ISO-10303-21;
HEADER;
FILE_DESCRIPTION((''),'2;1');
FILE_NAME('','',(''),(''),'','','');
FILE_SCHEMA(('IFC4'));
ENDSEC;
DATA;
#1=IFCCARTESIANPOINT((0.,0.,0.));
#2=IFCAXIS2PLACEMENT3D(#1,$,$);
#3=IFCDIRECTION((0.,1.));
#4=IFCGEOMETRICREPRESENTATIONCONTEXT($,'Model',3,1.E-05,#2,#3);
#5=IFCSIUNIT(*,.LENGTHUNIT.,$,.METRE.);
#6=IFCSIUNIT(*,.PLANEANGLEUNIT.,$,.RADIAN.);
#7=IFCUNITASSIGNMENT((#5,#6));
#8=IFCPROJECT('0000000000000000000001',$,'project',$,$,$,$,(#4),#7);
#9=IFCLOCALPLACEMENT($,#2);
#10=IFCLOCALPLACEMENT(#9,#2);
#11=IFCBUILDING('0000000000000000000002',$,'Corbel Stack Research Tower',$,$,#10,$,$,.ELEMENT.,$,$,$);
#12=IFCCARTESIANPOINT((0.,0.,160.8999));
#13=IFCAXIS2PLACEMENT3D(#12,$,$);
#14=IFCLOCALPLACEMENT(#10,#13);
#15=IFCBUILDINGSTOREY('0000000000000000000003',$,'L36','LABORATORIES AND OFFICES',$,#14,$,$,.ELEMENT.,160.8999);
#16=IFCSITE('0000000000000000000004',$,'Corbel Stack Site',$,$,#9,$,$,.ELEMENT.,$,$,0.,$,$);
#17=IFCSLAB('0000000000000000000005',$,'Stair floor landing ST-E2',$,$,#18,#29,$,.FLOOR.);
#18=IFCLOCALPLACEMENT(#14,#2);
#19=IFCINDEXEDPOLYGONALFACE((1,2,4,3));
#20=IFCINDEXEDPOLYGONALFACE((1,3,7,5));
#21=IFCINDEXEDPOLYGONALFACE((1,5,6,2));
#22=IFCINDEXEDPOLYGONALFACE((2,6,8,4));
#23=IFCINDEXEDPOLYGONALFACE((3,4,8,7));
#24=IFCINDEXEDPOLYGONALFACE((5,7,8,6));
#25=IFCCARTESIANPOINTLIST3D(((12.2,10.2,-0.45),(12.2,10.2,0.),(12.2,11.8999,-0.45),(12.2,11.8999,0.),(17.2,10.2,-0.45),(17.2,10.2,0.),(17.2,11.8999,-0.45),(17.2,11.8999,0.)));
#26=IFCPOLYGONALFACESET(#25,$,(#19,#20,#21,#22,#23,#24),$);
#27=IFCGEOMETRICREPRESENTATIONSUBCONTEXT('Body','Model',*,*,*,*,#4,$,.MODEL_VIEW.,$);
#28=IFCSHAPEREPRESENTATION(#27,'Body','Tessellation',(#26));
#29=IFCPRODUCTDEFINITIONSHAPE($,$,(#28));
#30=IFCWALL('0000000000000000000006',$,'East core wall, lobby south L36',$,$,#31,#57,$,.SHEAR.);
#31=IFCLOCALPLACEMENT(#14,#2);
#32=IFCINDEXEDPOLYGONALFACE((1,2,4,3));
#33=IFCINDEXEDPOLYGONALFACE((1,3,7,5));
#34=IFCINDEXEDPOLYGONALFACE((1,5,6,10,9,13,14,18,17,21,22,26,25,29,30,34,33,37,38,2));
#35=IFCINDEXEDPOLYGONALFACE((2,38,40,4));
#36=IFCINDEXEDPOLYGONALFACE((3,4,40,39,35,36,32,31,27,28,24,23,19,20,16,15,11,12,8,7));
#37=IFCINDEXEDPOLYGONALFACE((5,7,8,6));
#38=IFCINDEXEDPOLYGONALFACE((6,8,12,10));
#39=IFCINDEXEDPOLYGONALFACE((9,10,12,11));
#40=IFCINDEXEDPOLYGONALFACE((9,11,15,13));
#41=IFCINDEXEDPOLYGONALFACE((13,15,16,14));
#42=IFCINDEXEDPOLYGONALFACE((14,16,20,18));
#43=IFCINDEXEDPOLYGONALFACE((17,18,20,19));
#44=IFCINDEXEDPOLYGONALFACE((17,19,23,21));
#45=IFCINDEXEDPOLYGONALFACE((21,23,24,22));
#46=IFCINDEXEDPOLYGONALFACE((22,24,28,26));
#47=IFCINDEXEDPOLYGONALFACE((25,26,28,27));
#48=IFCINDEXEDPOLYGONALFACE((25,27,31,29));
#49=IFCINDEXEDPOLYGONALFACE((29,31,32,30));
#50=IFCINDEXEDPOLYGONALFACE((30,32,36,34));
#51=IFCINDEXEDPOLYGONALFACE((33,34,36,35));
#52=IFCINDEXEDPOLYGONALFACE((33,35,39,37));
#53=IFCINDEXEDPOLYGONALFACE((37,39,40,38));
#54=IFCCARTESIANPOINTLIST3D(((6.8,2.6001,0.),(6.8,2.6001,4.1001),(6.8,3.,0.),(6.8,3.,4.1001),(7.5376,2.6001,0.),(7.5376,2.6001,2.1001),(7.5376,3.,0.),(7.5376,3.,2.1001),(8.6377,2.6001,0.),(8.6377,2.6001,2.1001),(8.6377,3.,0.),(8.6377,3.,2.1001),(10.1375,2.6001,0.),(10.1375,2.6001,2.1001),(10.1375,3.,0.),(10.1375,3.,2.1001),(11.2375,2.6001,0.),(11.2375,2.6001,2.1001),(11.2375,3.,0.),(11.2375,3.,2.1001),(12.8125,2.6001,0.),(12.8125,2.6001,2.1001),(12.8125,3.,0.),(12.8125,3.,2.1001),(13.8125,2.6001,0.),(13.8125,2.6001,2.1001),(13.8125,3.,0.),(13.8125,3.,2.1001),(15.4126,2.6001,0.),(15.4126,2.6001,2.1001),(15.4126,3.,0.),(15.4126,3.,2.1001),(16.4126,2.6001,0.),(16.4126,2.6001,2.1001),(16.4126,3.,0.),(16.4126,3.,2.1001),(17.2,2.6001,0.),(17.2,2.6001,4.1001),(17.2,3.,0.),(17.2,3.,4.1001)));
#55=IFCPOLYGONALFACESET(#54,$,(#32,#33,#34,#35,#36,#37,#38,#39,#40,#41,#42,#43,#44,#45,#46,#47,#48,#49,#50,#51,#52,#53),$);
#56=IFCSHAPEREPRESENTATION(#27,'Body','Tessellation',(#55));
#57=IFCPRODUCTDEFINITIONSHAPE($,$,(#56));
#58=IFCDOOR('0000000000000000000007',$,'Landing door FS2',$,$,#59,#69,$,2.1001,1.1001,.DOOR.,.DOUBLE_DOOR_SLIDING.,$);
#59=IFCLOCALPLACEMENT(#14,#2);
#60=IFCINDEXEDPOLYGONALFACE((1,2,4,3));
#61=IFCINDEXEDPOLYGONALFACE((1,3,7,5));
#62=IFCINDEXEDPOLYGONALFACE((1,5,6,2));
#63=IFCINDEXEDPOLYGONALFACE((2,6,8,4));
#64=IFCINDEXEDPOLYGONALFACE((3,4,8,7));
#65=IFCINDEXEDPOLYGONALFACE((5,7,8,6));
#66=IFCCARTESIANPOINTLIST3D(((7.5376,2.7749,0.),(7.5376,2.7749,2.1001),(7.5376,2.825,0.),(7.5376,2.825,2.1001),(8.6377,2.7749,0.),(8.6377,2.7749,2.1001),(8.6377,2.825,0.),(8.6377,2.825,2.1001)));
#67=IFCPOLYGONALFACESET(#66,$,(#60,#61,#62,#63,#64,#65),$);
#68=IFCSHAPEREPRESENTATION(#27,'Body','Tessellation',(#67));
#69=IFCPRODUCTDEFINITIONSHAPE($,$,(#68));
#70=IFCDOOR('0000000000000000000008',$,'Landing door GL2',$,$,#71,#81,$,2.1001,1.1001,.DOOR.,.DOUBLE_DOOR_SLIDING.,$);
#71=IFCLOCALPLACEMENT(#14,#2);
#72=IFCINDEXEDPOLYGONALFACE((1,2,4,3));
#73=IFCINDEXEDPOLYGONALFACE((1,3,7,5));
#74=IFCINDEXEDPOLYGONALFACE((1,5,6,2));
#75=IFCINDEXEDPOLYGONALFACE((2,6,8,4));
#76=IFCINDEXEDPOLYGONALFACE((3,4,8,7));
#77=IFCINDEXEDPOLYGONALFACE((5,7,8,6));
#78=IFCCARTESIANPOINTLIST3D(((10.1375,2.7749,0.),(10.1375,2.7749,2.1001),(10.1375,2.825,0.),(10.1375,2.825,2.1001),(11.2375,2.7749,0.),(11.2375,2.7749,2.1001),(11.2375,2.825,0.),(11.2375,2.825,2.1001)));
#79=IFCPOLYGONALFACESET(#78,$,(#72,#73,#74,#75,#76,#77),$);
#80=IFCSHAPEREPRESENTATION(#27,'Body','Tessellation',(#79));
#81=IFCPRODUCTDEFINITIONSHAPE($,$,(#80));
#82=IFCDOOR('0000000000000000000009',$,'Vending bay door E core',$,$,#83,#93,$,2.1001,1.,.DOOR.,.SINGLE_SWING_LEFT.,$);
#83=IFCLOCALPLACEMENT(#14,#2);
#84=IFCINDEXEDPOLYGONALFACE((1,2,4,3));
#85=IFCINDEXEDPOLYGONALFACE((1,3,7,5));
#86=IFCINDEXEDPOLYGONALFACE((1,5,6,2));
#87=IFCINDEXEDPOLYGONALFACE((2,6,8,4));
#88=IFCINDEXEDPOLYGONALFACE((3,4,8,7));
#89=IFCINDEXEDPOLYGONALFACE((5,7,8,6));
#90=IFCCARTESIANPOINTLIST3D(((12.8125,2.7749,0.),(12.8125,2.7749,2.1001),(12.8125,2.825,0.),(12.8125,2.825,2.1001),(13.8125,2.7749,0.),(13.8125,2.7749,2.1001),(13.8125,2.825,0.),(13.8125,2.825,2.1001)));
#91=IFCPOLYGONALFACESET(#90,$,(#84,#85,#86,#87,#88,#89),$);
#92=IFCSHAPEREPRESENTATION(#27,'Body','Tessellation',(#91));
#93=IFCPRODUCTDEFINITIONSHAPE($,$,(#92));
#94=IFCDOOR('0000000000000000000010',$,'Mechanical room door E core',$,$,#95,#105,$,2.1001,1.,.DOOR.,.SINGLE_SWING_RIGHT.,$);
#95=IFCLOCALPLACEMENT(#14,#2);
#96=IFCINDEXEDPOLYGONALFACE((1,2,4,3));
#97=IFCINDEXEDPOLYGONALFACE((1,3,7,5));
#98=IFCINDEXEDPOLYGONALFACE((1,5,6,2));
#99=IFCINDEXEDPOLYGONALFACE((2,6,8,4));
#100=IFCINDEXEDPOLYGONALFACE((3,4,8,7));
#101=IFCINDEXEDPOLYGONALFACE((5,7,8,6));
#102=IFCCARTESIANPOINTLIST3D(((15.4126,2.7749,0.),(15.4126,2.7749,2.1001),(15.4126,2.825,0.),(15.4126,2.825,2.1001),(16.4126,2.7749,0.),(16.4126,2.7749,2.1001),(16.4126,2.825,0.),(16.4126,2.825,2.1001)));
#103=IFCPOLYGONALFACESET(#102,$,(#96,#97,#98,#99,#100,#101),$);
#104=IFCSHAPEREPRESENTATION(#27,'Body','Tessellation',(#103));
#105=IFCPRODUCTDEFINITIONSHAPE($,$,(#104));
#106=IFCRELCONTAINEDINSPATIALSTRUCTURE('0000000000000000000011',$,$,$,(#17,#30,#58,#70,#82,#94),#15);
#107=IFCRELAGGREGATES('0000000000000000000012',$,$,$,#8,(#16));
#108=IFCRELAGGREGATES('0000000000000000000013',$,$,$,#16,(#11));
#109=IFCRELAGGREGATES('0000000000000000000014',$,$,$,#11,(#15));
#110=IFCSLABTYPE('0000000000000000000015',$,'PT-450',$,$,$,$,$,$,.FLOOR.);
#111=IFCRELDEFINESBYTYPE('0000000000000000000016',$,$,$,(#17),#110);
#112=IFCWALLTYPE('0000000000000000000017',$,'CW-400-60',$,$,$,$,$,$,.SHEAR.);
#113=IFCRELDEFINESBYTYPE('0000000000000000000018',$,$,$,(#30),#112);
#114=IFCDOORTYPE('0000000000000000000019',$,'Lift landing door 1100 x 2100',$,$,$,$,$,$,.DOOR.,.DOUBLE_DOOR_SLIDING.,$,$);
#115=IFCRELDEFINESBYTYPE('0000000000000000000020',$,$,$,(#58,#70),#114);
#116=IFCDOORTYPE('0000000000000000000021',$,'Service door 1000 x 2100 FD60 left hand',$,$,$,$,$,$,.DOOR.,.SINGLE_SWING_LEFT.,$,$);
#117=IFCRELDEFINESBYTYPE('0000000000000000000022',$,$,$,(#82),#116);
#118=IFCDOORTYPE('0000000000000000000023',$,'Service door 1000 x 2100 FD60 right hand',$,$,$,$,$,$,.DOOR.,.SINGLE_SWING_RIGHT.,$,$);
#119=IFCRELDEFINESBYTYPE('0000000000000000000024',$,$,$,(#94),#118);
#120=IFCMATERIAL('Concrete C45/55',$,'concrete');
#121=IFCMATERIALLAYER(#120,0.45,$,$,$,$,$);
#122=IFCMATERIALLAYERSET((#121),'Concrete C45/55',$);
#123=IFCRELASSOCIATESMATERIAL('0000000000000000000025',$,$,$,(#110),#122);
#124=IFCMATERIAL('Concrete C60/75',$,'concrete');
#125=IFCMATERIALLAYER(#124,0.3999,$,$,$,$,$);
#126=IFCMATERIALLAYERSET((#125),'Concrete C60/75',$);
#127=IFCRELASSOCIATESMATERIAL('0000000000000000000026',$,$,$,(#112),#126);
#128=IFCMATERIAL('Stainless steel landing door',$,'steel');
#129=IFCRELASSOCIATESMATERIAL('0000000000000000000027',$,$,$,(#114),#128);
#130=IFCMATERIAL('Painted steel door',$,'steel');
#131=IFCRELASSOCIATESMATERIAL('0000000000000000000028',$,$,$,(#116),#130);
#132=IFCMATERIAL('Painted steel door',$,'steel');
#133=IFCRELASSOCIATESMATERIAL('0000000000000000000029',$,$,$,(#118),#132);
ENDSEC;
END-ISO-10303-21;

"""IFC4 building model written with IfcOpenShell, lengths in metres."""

from ifc_helpers import new_model, si_unit, direction, frame, frame_2d, origin, place, context, subcontext, project, spatial, polyline, rectangle, outline, extrude, material, layer, layer_set, type_object, element, fill, save


model = new_model("IFC4")

# Units and contexts
model_context = context("Model", 3, precision=1e-05, world=origin(), true_north=direction((0.0, 1.0)))
body_context = subcontext(model_context, "Body", "Model", "MODEL_VIEW")
ifc_project = project(units=[si_unit("LENGTHUNIT", "METRE"), si_unit("PLANEANGLEUNIT", "RADIAN")], contexts=[model_context])

# Site, building, storey
site_placement = place(None, origin())
site = spatial("IfcSite", under=ifc_project, at=site_placement, Name="Corbel Stack Site", CompositionType="ELEMENT", RefElevation=0.0)
building_placement = place(site_placement, origin())
building = spatial("IfcBuilding", under=site, at=building_placement, Name="Corbel Stack Research Tower", CompositionType="ELEMENT")
storey_placement = place(building_placement, frame((0.0, 0.0, 160.8999)))
storey = spatial("IfcBuildingStorey", under=building, at=storey_placement, Name="L36", Description="LABORATORIES AND OFFICES", CompositionType="ELEMENT", Elevation=160.8999)

# Slab
ifc_material_1 = material(Name="Concrete C45/55", Category="concrete")
ifc_layer_1 = layer(ifc_material_1, 0.45)
ifc_layer_set_1 = layer_set([ifc_layer_1], Name="Concrete C45/55")
slab_type = type_object("IfcSlabType", Name="PT-450", PredefinedType="FLOOR", material=ifc_layer_set_1)
slab_placement = place(storey_placement, frame((0.0, 0.0, -0.45)))
element("IfcSlab", 1, at=slab_placement, inside=storey, type_object=slab_type, Name="Stair floor landing ST-E2", PredefinedType="FLOOR", context=body_context, shape_type="SweptSolid", body=[
    extrude(outline(polyline([(12.2, 10.2), (17.2, 10.2), (17.2, 11.8999), (12.2, 11.8999), (12.2, 10.2)])), origin(), (0.0, 0.0, 1.0), 0.45),
])

# Wall, openings, doors
ifc_material_2 = material(Name="Concrete C60/75", Category="concrete")
ifc_layer_2 = layer(ifc_material_2, 0.3999)
ifc_layer_set_2 = layer_set([ifc_layer_2], Name="Concrete C60/75")
wall_type_1 = type_object("IfcWallType", Name="CW-400-60", PredefinedType="SHEAR", material=ifc_layer_set_2)
wall_1_placement = place(storey_placement, frame((6.8, 2.8, 0.0), z_axis=(0.0, 0.0, 1.0), x_axis=(1.0, 0.0, 0.0)))
wall_1 = element("IfcWall", 2, at=wall_1_placement, inside=storey, type_object=wall_type_1, Name="East core wall, lobby south L36", PredefinedType="SHEAR", context=body_context, shape_type="SweptSolid", body=[
    extrude(rectangle(XDim=10.3999, YDim=0.3999, at=frame_2d((5.2, 0.0))), origin(), (0.0, 0.0, 1.0), 4.1001),
])
opening_1_placement = place(wall_1_placement, frame((0.7375, 0.0, 0.0)))
opening_1 = element("IfcOpeningElement", 3, at=opening_1_placement, cuts=wall_1, PredefinedType="OPENING", context=body_context, shape_type="SweptSolid", body=[
    extrude(rectangle(XDim=1.1001, YDim=2.1001, at=frame_2d((0.55, 1.05))), frame((0.0, 0.21, 0.0), z_axis=(0.0, -1.0, 0.0), x_axis=(1.0, 0.0, 0.0)), (0.0, 0.0, 1.0), 0.4199),
])
opening_2_placement = place(wall_1_placement, frame((3.3374, 0.0, 0.0)))
opening_2 = element("IfcOpeningElement", 4, at=opening_2_placement, cuts=wall_1, PredefinedType="OPENING", context=body_context, shape_type="SweptSolid", body=[
    extrude(rectangle(XDim=1.1001, YDim=2.1001, at=frame_2d((0.55, 1.05))), frame((0.0, 0.21, 0.0), z_axis=(0.0, -1.0, 0.0), x_axis=(1.0, 0.0, 0.0)), (0.0, 0.0, 1.0), 0.4199),
])
opening_3_placement = place(wall_1_placement, frame((6.0125, 0.0, 0.0)))
opening_3 = element("IfcOpeningElement", 5, at=opening_3_placement, cuts=wall_1, PredefinedType="OPENING", context=body_context, shape_type="SweptSolid", body=[
    extrude(rectangle(XDim=1.0, YDim=2.1001, at=frame_2d((0.5, 1.05))), frame((0.0, 0.21, 0.0), z_axis=(0.0, -1.0, 0.0), x_axis=(1.0, 0.0, 0.0)), (0.0, 0.0, 1.0), 0.4199),
])
opening_4_placement = place(wall_1_placement, frame((8.6125, 0.0, 0.0)))
opening_4 = element("IfcOpeningElement", 6, at=opening_4_placement, cuts=wall_1, PredefinedType="OPENING", context=body_context, shape_type="SweptSolid", body=[
    extrude(rectangle(XDim=1.0, YDim=2.1001, at=frame_2d((0.5, 1.05))), frame((0.0, 0.21, 0.0), z_axis=(0.0, -1.0, 0.0), x_axis=(1.0, 0.0, 0.0)), (0.0, 0.0, 1.0), 0.4199),
])
ifc_material_3 = material(Name="Stainless steel landing door", Category="steel")
door_type_1 = type_object("IfcDoorType", Name="Lift landing door 1100 x 2100", OperationType="DOUBLE_DOOR_SLIDING", PredefinedType="DOOR", material=ifc_material_3)
door_1_placement = place(opening_1_placement, origin())
door_1 = element("IfcDoor", 7, at=door_1_placement, inside=storey, type_object=door_type_1, Name="Landing door FS2", OperationType="DOUBLE_DOOR_SLIDING", OverallHeight=2.1001, OverallWidth=1.1001, PredefinedType="DOOR", context=body_context, shape_type="SweptSolid", body=[
    extrude(rectangle(XDim=1.1001, YDim=2.1001, at=frame_2d((0.55, 1.05))), frame((0.0, 0.0249, 0.0), z_axis=(0.0, -1.0, 0.0), x_axis=(1.0, 0.0, 0.0)), (0.0, 0.0, 1.0), 0.05),
])
fill(opening_1, door_1)
door_2_placement = place(opening_2_placement, origin())
door_2 = element("IfcDoor", 8, at=door_2_placement, inside=storey, type_object=door_type_1, Name="Landing door GL2", OperationType="DOUBLE_DOOR_SLIDING", OverallHeight=2.1001, OverallWidth=1.1001, PredefinedType="DOOR", context=body_context, shape_type="SweptSolid", body=[
    extrude(rectangle(XDim=1.1001, YDim=2.1001, at=frame_2d((0.55, 1.05))), frame((0.0, 0.0249, 0.0), z_axis=(0.0, -1.0, 0.0), x_axis=(1.0, 0.0, 0.0)), (0.0, 0.0, 1.0), 0.05),
])
fill(opening_2, door_2)
ifc_material_4 = material(Name="Painted steel door", Category="steel")
door_type_2 = type_object("IfcDoorType", Name="Service door 1000 x 2100 FD60 left hand", OperationType="SINGLE_SWING_LEFT", PredefinedType="DOOR", material=ifc_material_4)
door_3_placement = place(opening_3_placement, origin())
door_3 = element("IfcDoor", 9, at=door_3_placement, inside=storey, type_object=door_type_2, Name="Vending bay door E core", OperationType="SINGLE_SWING_LEFT", OverallHeight=2.1001, OverallWidth=1.0, PredefinedType="DOOR", context=body_context, shape_type="SweptSolid", body=[
    extrude(rectangle(XDim=1.0, YDim=2.1001, at=frame_2d((0.5, 1.05))), frame((0.0, 0.0249, 0.0), z_axis=(0.0, -1.0, 0.0), x_axis=(1.0, 0.0, 0.0)), (0.0, 0.0, 1.0), 0.05),
])
fill(opening_3, door_3)
ifc_material_5 = material(Name="Painted steel door", Category="steel")
door_type_3 = type_object("IfcDoorType", Name="Service door 1000 x 2100 FD60 right hand", OperationType="SINGLE_SWING_RIGHT", PredefinedType="DOOR", material=ifc_material_5)
door_4_placement = place(opening_4_placement, origin())
door_4 = element("IfcDoor", 10, at=door_4_placement, inside=storey, type_object=door_type_3, Name="Mechanical room door E core", OperationType="SINGLE_SWING_RIGHT", OverallHeight=2.1001, OverallWidth=1.0, PredefinedType="DOOR", context=body_context, shape_type="SweptSolid", body=[
    extrude(rectangle(XDim=1.0, YDim=2.1001, at=frame_2d((0.5, 1.05))), frame((0.0, 0.0249, 0.0), z_axis=(0.0, -1.0, 0.0), x_axis=(1.0, 0.0, 0.0)), (0.0, 0.0, 1.0), 0.05),
])
fill(opening_4, door_4)

save(model, "model.ifc")
